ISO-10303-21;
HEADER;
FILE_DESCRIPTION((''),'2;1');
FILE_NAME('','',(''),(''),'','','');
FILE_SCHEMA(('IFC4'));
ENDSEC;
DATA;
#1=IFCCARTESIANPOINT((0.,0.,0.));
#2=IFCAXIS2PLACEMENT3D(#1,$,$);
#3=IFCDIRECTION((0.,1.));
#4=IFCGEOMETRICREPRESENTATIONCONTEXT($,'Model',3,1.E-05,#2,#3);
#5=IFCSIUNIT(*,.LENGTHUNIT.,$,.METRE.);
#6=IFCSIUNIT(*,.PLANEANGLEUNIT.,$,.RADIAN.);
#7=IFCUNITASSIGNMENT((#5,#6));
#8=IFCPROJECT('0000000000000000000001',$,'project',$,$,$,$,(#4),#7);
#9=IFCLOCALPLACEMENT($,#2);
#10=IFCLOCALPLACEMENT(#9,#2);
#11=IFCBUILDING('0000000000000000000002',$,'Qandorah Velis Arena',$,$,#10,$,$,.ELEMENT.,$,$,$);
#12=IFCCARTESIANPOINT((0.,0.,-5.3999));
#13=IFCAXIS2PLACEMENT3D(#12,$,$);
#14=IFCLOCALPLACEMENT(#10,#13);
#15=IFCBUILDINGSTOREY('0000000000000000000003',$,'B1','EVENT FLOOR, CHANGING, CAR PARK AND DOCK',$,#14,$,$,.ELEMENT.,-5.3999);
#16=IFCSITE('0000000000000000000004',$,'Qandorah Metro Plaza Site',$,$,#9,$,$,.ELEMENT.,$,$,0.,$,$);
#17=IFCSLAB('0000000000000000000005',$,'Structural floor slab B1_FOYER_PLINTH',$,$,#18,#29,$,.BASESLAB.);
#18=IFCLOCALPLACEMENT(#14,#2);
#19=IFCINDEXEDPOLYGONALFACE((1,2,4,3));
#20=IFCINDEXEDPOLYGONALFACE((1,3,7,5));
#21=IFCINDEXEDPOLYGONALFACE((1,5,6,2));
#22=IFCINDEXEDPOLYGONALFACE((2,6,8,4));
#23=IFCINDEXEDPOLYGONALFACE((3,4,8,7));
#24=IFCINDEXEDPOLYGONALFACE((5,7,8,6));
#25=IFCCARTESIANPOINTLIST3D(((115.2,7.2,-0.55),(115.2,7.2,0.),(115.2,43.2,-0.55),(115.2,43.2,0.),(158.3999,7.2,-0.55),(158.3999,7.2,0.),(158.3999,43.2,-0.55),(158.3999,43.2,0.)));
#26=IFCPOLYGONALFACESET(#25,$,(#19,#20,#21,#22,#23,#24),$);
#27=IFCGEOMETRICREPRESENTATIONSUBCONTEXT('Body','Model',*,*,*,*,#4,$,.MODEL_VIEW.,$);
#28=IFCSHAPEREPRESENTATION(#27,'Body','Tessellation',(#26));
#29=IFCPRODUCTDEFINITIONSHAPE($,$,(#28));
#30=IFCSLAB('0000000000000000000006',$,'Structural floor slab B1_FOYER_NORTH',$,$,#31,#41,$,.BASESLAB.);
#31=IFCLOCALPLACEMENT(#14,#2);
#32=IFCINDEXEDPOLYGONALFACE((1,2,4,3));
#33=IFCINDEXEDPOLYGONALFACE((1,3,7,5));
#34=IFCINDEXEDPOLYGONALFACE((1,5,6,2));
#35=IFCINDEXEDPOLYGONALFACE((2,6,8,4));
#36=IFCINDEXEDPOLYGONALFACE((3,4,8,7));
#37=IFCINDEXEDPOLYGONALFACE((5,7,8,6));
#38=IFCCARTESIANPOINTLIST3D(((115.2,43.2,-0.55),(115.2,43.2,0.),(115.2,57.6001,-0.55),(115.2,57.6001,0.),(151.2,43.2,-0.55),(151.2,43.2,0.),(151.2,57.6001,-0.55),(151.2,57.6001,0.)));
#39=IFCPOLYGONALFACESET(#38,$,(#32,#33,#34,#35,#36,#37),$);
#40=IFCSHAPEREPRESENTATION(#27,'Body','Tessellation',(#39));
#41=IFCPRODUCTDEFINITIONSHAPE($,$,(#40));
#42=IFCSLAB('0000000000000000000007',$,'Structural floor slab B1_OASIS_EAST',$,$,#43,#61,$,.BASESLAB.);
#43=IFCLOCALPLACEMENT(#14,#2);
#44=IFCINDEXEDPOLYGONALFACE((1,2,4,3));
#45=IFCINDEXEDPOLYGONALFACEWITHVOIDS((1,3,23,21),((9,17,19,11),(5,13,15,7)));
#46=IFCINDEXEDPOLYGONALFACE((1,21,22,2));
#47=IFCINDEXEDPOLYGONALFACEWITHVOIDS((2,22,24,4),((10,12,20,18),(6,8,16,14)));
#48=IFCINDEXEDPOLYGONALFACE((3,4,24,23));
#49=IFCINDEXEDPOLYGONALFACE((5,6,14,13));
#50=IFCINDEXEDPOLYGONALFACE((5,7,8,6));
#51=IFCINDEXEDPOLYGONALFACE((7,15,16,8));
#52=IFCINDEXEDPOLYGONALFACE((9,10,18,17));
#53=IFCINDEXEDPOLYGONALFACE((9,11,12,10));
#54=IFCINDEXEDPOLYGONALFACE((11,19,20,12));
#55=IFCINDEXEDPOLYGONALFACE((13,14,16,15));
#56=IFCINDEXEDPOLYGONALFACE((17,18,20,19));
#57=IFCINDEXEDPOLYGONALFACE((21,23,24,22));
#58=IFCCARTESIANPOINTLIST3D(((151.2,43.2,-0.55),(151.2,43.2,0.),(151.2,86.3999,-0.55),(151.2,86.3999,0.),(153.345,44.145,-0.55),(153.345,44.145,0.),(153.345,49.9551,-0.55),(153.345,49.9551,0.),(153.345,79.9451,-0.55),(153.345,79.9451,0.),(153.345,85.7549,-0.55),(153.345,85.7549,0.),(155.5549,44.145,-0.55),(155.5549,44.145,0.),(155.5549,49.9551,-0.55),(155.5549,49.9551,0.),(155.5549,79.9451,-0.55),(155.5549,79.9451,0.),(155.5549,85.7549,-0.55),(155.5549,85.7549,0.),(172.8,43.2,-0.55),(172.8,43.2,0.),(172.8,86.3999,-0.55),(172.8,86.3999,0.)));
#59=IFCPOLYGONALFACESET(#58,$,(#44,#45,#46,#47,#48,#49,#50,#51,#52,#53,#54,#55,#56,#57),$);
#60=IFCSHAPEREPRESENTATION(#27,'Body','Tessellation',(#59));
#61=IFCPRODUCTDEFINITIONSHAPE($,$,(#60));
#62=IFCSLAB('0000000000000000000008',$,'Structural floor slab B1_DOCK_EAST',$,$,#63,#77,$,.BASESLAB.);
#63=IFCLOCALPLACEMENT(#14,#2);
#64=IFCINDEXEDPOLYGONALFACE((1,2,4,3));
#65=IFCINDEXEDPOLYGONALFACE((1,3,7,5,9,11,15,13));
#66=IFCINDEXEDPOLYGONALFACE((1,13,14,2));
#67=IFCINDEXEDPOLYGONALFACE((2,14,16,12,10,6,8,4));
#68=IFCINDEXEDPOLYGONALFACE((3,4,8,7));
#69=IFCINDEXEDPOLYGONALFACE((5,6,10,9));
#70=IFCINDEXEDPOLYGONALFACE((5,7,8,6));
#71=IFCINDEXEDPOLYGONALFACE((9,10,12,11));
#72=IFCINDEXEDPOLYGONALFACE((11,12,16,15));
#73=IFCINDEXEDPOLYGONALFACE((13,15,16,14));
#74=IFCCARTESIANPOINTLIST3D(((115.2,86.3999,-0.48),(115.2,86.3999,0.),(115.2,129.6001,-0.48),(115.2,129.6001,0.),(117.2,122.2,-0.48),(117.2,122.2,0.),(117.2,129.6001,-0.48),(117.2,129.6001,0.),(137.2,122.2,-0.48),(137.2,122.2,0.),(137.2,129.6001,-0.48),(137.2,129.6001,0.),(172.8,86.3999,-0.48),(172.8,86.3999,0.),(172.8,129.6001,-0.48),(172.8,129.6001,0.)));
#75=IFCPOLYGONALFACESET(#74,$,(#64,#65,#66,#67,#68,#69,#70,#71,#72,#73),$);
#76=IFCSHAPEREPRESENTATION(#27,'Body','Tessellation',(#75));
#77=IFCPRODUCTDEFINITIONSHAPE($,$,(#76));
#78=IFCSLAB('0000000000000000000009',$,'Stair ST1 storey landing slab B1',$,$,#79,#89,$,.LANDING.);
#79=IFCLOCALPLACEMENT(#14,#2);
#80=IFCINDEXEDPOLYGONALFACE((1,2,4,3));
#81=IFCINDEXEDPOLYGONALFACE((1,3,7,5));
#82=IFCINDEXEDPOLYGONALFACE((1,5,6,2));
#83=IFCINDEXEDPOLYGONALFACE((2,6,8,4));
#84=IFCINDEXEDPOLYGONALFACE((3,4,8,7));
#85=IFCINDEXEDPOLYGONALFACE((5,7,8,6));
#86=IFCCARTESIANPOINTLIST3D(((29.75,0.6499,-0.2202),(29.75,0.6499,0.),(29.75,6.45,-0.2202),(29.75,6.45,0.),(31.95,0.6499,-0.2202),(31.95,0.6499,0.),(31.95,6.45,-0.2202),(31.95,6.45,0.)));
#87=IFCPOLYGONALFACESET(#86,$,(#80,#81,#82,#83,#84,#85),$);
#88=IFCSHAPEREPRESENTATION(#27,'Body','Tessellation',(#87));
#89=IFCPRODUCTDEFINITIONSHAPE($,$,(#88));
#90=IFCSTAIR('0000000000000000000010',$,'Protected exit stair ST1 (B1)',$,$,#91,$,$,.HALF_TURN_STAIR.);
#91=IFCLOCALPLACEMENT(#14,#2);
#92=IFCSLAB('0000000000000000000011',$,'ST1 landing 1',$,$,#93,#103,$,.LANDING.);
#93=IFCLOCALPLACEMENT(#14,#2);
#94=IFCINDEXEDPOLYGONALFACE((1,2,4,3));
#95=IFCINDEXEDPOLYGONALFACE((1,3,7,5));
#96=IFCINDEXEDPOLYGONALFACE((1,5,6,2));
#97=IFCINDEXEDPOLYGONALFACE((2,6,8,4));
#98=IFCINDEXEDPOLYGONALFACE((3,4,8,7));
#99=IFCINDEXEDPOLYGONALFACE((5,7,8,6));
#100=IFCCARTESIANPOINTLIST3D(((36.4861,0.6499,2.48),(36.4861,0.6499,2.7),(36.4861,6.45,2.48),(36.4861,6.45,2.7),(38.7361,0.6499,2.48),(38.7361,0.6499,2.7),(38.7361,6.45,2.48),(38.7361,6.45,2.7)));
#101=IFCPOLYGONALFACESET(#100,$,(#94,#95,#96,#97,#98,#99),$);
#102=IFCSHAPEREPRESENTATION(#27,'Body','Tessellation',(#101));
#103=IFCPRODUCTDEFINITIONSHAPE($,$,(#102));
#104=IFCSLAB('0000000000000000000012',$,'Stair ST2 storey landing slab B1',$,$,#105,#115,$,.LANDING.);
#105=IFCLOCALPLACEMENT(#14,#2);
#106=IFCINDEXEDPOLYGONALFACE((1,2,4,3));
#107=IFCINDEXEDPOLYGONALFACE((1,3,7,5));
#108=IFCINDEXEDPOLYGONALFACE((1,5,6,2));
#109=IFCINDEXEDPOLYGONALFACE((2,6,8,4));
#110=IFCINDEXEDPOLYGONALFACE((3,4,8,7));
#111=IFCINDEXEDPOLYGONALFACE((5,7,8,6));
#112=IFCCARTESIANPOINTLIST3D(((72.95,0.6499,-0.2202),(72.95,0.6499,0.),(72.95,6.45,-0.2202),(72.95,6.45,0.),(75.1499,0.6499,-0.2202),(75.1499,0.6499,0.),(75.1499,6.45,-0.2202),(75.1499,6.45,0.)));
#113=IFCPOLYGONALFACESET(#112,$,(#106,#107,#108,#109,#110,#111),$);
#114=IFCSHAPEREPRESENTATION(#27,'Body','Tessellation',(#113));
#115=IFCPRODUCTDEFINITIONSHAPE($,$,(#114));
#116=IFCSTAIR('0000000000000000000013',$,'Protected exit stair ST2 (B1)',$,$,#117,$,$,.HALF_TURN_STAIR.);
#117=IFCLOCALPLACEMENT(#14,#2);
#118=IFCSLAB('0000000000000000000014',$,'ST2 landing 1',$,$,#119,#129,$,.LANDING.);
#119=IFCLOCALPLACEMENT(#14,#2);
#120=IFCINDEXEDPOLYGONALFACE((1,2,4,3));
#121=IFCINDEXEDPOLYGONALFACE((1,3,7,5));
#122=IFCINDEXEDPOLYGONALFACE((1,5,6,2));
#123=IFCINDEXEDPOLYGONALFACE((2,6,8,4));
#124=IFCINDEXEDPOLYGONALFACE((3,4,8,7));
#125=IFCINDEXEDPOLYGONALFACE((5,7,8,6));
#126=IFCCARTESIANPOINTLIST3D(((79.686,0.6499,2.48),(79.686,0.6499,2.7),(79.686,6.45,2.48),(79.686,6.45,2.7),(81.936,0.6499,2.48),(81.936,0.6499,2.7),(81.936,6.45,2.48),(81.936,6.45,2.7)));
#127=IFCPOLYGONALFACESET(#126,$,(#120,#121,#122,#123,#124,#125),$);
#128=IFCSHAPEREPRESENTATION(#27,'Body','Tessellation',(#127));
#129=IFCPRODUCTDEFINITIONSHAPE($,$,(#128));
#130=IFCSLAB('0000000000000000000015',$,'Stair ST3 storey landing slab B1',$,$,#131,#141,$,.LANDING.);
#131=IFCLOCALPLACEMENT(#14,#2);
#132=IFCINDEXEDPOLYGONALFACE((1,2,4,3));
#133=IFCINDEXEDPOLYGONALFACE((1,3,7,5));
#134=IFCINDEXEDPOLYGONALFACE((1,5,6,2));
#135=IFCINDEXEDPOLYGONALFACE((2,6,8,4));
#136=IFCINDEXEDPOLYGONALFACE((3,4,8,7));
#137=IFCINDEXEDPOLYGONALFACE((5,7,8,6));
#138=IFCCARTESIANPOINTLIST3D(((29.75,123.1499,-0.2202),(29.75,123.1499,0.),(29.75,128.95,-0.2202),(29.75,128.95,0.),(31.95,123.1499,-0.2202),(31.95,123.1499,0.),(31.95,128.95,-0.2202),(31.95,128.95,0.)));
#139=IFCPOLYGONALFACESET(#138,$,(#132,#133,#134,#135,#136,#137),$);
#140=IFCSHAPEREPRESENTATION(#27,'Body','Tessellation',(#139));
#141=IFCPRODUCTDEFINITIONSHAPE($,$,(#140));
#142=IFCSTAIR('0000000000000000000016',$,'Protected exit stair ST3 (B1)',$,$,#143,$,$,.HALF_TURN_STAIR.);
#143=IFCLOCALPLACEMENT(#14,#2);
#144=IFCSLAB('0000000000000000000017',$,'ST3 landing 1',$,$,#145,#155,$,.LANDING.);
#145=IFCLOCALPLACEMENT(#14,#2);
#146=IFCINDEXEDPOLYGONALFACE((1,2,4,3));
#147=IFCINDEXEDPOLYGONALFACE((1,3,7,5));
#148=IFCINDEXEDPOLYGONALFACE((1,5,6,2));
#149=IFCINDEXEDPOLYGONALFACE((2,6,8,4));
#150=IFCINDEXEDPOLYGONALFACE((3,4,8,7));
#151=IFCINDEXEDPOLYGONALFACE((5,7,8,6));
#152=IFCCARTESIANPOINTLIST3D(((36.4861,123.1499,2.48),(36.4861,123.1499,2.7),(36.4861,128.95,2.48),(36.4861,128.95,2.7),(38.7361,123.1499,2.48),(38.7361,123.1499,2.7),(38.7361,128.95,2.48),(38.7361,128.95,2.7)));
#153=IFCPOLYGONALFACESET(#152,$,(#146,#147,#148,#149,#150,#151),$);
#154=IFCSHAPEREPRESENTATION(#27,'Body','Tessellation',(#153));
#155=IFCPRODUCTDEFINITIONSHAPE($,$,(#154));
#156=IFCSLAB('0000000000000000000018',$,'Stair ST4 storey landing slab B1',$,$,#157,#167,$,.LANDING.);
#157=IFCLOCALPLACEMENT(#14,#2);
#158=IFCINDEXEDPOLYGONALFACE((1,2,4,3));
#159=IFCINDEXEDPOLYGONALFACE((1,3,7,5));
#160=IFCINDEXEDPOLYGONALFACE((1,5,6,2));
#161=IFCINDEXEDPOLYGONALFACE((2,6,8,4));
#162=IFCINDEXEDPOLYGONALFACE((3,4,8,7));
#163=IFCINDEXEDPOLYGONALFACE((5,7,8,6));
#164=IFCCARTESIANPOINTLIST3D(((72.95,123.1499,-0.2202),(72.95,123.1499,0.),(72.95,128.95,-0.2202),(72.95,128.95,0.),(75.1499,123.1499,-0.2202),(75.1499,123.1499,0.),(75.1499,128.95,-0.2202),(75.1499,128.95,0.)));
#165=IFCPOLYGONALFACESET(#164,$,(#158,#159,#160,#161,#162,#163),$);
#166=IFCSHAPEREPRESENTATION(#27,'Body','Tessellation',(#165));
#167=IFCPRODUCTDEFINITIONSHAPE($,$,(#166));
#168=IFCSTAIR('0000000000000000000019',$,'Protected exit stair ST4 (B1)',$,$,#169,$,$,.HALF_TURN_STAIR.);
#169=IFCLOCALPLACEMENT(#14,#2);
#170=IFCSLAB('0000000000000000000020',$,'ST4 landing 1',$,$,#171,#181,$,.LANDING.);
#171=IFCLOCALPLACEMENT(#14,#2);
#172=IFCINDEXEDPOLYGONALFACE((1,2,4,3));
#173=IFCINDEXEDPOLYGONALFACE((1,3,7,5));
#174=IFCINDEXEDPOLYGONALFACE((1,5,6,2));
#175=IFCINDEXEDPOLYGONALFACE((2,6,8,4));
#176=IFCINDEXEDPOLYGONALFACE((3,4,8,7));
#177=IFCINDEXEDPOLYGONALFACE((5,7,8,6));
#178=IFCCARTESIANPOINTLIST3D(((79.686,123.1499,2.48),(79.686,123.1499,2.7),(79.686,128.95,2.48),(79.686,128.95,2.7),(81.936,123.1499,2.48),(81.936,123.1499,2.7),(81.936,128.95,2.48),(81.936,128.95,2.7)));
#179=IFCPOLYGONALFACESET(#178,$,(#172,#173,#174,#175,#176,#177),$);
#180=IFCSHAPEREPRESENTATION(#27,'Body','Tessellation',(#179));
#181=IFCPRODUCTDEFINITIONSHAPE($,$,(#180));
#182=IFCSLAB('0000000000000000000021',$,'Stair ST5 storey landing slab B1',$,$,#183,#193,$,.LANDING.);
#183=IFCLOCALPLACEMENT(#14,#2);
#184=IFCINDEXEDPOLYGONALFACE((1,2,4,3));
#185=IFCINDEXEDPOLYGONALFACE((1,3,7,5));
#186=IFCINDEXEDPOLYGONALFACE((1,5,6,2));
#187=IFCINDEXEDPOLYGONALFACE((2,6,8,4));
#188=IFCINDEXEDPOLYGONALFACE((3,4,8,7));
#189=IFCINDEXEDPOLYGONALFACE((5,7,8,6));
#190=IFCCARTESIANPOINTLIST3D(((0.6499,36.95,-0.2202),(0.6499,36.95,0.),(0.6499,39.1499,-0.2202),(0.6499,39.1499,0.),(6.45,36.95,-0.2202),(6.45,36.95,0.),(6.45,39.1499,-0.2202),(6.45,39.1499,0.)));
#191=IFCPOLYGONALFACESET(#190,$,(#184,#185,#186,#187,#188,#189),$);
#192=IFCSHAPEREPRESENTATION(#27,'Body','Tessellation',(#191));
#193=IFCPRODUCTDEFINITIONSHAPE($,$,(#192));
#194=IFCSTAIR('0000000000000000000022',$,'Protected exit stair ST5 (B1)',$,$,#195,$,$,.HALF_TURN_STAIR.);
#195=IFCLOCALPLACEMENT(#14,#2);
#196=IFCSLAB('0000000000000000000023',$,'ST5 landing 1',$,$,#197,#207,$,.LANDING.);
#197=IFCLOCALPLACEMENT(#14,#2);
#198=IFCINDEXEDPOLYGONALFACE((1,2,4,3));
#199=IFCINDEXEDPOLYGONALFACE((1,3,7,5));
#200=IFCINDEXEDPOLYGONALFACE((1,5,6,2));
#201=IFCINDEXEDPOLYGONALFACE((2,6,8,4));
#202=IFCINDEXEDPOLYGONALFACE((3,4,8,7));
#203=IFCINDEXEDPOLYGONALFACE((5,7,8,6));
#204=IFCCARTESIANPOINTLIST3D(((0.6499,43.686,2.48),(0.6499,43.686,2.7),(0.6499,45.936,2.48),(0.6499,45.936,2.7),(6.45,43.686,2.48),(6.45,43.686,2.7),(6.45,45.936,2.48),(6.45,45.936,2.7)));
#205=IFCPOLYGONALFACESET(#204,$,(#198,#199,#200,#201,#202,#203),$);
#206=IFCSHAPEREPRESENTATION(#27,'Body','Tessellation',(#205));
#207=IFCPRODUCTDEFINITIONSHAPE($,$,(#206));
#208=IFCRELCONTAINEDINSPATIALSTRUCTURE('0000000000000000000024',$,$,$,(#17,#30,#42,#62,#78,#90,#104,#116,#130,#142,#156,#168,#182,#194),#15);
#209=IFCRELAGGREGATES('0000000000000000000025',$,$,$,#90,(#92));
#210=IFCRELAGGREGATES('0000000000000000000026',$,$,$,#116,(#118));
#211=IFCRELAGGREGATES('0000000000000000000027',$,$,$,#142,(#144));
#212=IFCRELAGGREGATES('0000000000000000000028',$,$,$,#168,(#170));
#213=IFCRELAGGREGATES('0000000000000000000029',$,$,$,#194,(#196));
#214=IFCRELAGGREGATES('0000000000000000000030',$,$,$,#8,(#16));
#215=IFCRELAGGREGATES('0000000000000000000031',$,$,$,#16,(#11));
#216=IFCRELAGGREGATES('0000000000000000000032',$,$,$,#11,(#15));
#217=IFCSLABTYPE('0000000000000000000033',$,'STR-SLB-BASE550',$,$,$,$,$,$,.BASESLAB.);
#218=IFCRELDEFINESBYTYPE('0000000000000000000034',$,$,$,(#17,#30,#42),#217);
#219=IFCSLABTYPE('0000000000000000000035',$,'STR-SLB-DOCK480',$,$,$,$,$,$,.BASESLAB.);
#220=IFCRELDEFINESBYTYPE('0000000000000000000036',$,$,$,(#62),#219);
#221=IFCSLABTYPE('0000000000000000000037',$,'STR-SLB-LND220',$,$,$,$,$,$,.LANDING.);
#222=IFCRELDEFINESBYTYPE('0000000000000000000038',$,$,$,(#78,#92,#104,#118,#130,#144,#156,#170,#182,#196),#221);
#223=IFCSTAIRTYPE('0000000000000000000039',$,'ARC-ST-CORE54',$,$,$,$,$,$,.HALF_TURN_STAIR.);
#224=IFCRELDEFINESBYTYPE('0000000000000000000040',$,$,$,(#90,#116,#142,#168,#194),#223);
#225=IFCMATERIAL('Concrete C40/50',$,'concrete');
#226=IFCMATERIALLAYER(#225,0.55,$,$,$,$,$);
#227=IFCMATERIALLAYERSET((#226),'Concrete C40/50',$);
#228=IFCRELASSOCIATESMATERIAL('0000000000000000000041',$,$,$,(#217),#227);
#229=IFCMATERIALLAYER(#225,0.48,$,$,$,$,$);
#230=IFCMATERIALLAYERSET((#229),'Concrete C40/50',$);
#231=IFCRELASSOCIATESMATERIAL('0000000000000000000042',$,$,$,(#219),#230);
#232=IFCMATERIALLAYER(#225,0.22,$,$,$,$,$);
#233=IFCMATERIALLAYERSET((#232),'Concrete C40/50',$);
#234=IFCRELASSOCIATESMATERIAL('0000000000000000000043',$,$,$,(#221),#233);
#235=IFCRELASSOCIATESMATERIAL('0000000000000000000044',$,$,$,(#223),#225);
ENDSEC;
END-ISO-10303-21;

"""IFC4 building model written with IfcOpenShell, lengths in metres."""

from ifc_helpers import new_model, si_unit, direction, frame, origin, place, context, subcontext, project, spatial, polyline, outline, extrude, material, layer, layer_set, type_object, element, aggregate, save


model = new_model("IFC4")

# Units and contexts
model_context = context("Model", 3, precision=1e-05, world=origin(), true_north=direction((0.0, 1.0)))
body_context = subcontext(model_context, "Body", "Model", "MODEL_VIEW")
ifc_project = project(units=[si_unit("LENGTHUNIT", "METRE"), si_unit("PLANEANGLEUNIT", "RADIAN")], contexts=[model_context])

# Site, building, storey
site_placement = place(None, origin())
site = spatial("IfcSite", under=ifc_project, at=site_placement, Name="Qandorah Metro Plaza Site", CompositionType="ELEMENT", RefElevation=0.0)
building_placement = place(site_placement, origin())
building = spatial("IfcBuilding", under=site, at=building_placement, Name="Qandorah Velis Arena", CompositionType="ELEMENT")
storey_placement = place(building_placement, frame((0.0, 0.0, -5.3999)))
storey = spatial("IfcBuildingStorey", under=building, at=storey_placement, Name="B1", Description="EVENT FLOOR, CHANGING, CAR PARK AND DOCK", CompositionType="ELEMENT", Elevation=-5.3999)

# Shared definitions
ifc_material = material(Name="Concrete C40/50", Category="concrete")

# Slabs
ifc_layer_1 = layer(ifc_material, 0.55)
ifc_layer_set_1 = layer_set([ifc_layer_1], Name="Concrete C40/50")
slab_type_1 = type_object("IfcSlabType", Name="STR-SLB-BASE550", PredefinedType="BASESLAB", material=ifc_layer_set_1)
slab_1_placement = place(storey_placement, frame((0.0, 0.0, -0.55)))
element("IfcSlab", 1, at=slab_1_placement, inside=storey, type_object=slab_type_1, Name="Structural floor slab B1_FOYER_PLINTH", PredefinedType="BASESLAB", context=body_context, shape_type="SweptSolid", body=[
    extrude(outline(polyline([(158.3999, 7.2), (158.3999, 43.2), (115.2, 43.2), (115.2, 7.2), (158.3999, 7.2)])), origin(), (0.0, 0.0, 1.0), 0.55),
])
slab_2_placement = place(storey_placement, frame((0.0, 0.0, -0.55)))
element("IfcSlab", 2, at=slab_2_placement, inside=storey, type_object=slab_type_1, Name="Structural floor slab B1_FOYER_NORTH", PredefinedType="BASESLAB", context=body_context, shape_type="SweptSolid", body=[
    extrude(outline(polyline([(151.2, 43.2), (151.2, 57.6001), (115.2, 57.6001), (115.2, 43.2), (151.2, 43.2)])), origin(), (0.0, 0.0, 1.0), 0.55),
])
slab_3_placement = place(storey_placement, frame((0.0, 0.0, -0.55)))
element("IfcSlab", 3, at=slab_3_placement, inside=storey, type_object=slab_type_1, Name="Structural floor slab B1_OASIS_EAST", PredefinedType="BASESLAB", context=body_context, shape_type="SweptSolid", body=[
    extrude(outline(polyline([(151.2, 86.3999), (172.8, 86.3999), (172.8, 43.2), (151.2, 43.2), (151.2, 86.3999)]), holes=[polyline([(153.345, 49.9551), (153.345, 44.145), (155.5549, 44.145), (155.5549, 49.9551), (153.345, 49.9551)]), polyline([(155.5549, 85.7549), (153.345, 85.7549), (153.345, 79.9451), (155.5549, 79.9451), (155.5549, 85.7549)])]), origin(), (0.0, 0.0, 1.0), 0.55),
])
ifc_layer_2 = layer(ifc_material, 0.48)
ifc_layer_set_2 = layer_set([ifc_layer_2], Name="Concrete C40/50")
slab_type_2 = type_object("IfcSlabType", Name="STR-SLB-DOCK480", PredefinedType="BASESLAB", material=ifc_layer_set_2)
slab_4_placement = place(storey_placement, frame((0.0, 0.0, -0.48)))
element("IfcSlab", 4, at=slab_4_placement, inside=storey, type_object=slab_type_2, Name="Structural floor slab B1_DOCK_EAST", PredefinedType="BASESLAB", context=body_context, shape_type="SweptSolid", body=[
    extrude(outline(polyline([(172.8, 129.6001), (172.8, 86.3999), (115.2, 86.3999), (115.2, 129.6001), (117.2, 129.6001), (117.2, 122.2), (137.2, 122.2), (137.2, 129.6001), (172.8, 129.6001)])), origin(), (0.0, 0.0, 1.0), 0.48),
])
ifc_layer_3 = layer(ifc_material, 0.22)
ifc_layer_set_3 = layer_set([ifc_layer_3], Name="Concrete C40/50")
slab_type_3 = type_object("IfcSlabType", Name="STR-SLB-LND220", PredefinedType="LANDING", material=ifc_layer_set_3)
slab_5_placement = place(storey_placement, frame((0.0, 0.0, -0.2202)))
element("IfcSlab", 5, at=slab_5_placement, inside=storey, type_object=slab_type_3, Name="Stair ST1 storey landing slab B1", PredefinedType="LANDING", context=body_context, shape_type="SweptSolid", body=[
    extrude(outline(polyline([(29.75, 0.6499), (31.95, 0.6499), (31.95, 6.45), (29.75, 6.45), (29.75, 0.6499)])), origin(), (0.0, 0.0, 1.0), 0.2202),
])

# Stair, slab
stair_type = type_object("IfcStairType", Name="ARC-ST-CORE54", PredefinedType="HALF_TURN_STAIR", material=ifc_material)
stair_1_placement = place(storey_placement, origin())
stair_1 = element("IfcStair", 6, at=stair_1_placement, inside=storey, type_object=stair_type, Name="Protected exit stair ST1 (B1)", PredefinedType="HALF_TURN_STAIR")
slab_6_placement = place(storey_placement, frame((0.0, 0.0, 2.48)))
slab_6 = element("IfcSlab", 7, at=slab_6_placement, type_object=slab_type_3, Name="ST1 landing 1", PredefinedType="LANDING", context=body_context, shape_type="SweptSolid", body=[
    extrude(outline(polyline([(36.4861, 0.6499), (38.7361, 0.6499), (38.7361, 6.45), (36.4861, 6.45), (36.4861, 0.6499)])), origin(), (0.0, 0.0, 1.0), 0.22),
])
aggregate(stair_1, [slab_6])

# Slab
slab_7_placement = place(storey_placement, frame((0.0, 0.0, -0.2202)))
element("IfcSlab", 8, at=slab_7_placement, inside=storey, type_object=slab_type_3, Name="Stair ST2 storey landing slab B1", PredefinedType="LANDING", context=body_context, shape_type="SweptSolid", body=[
    extrude(outline(polyline([(72.95, 0.6499), (75.1499, 0.6499), (75.1499, 6.45), (72.95, 6.45), (72.95, 0.6499)])), origin(), (0.0, 0.0, 1.0), 0.2202),
])

# Stair, slab
stair_2_placement = place(storey_placement, origin())
stair_2 = element("IfcStair", 9, at=stair_2_placement, inside=storey, type_object=stair_type, Name="Protected exit stair ST2 (B1)", PredefinedType="HALF_TURN_STAIR")
slab_8_placement = place(storey_placement, frame((0.0, 0.0, 2.48)))
slab_8 = element("IfcSlab", 10, at=slab_8_placement, type_object=slab_type_3, Name="ST2 landing 1", PredefinedType="LANDING", context=body_context, shape_type="SweptSolid", body=[
    extrude(outline(polyline([(79.686, 0.6499), (81.936, 0.6499), (81.936, 6.45), (79.686, 6.45), (79.686, 0.6499)])), origin(), (0.0, 0.0, 1.0), 0.22),
])
aggregate(stair_2, [slab_8])

# Slab
slab_9_placement = place(storey_placement, frame((0.0, 0.0, -0.2202)))
element("IfcSlab", 11, at=slab_9_placement, inside=storey, type_object=slab_type_3, Name="Stair ST3 storey landing slab B1", PredefinedType="LANDING", context=body_context, shape_type="SweptSolid", body=[
    extrude(outline(polyline([(29.75, 123.1499), (31.95, 123.1499), (31.95, 128.95), (29.75, 128.95), (29.75, 123.1499)])), origin(), (0.0, 0.0, 1.0), 0.2202),
])

# Stair, slab
stair_3_placement = place(storey_placement, origin())
stair_3 = element("IfcStair", 12, at=stair_3_placement, inside=storey, type_object=stair_type, Name="Protected exit stair ST3 (B1)", PredefinedType="HALF_TURN_STAIR")
slab_10_placement = place(storey_placement, frame((0.0, 0.0, 2.48)))
slab_10 = element("IfcSlab", 13, at=slab_10_placement, type_object=slab_type_3, Name="ST3 landing 1", PredefinedType="LANDING", context=body_context, shape_type="SweptSolid", body=[
    extrude(outline(polyline([(36.4861, 123.1499), (38.7361, 123.1499), (38.7361, 128.95), (36.4861, 128.95), (36.4861, 123.1499)])), origin(), (0.0, 0.0, 1.0), 0.22),
])
aggregate(stair_3, [slab_10])

# Slab
slab_11_placement = place(storey_placement, frame((0.0, 0.0, -0.2202)))
element("IfcSlab", 14, at=slab_11_placement, inside=storey, type_object=slab_type_3, Name="Stair ST4 storey landing slab B1", PredefinedType="LANDING", context=body_context, shape_type="SweptSolid", body=[
    extrude(outline(polyline([(72.95, 123.1499), (75.1499, 123.1499), (75.1499, 128.95), (72.95, 128.95), (72.95, 123.1499)])), origin(), (0.0, 0.0, 1.0), 0.2202),
])

# Stair, slab
stair_4_placement = place(storey_placement, origin())
stair_4 = element("IfcStair", 15, at=stair_4_placement, inside=storey, type_object=stair_type, Name="Protected exit stair ST4 (B1)", PredefinedType="HALF_TURN_STAIR")
slab_12_placement = place(storey_placement, frame((0.0, 0.0, 2.48)))
slab_12 = element("IfcSlab", 16, at=slab_12_placement, type_object=slab_type_3, Name="ST4 landing 1", PredefinedType="LANDING", context=body_context, shape_type="SweptSolid", body=[
    extrude(outline(polyline([(79.686, 123.1499), (81.936, 123.1499), (81.936, 128.95), (79.686, 128.95), (79.686, 123.1499)])), origin(), (0.0, 0.0, 1.0), 0.22),
])
aggregate(stair_4, [slab_12])

# Slab
slab_13_placement = place(storey_placement, frame((0.0, 0.0, -0.2202)))
element("IfcSlab", 17, at=slab_13_placement, inside=storey, type_object=slab_type_3, Name="Stair ST5 storey landing slab B1", PredefinedType="LANDING", context=body_context, shape_type="SweptSolid", body=[
    extrude(outline(polyline([(0.6499, 36.95), (6.45, 36.95), (6.45, 39.1499), (0.6499, 39.1499), (0.6499, 36.95)])), origin(), (0.0, 0.0, 1.0), 0.2202),
])

# Stair, slab
stair_5_placement = place(storey_placement, origin())
stair_5 = element("IfcStair", 18, at=stair_5_placement, inside=storey, type_object=stair_type, Name="Protected exit stair ST5 (B1)", PredefinedType="HALF_TURN_STAIR")
slab_14_placement = place(storey_placement, frame((0.0, 0.0, 2.48)))
slab_14 = element("IfcSlab", 19, at=slab_14_placement, type_object=slab_type_3, Name="ST5 landing 1", PredefinedType="LANDING", context=body_context, shape_type="SweptSolid", body=[
    extrude(outline(polyline([(0.6499, 43.686), (6.45, 43.686), (6.45, 45.936), (0.6499, 45.936), (0.6499, 43.686)])), origin(), (0.0, 0.0, 1.0), 0.22),
])
aggregate(stair_5, [slab_14])

save(model, "model.ifc")
